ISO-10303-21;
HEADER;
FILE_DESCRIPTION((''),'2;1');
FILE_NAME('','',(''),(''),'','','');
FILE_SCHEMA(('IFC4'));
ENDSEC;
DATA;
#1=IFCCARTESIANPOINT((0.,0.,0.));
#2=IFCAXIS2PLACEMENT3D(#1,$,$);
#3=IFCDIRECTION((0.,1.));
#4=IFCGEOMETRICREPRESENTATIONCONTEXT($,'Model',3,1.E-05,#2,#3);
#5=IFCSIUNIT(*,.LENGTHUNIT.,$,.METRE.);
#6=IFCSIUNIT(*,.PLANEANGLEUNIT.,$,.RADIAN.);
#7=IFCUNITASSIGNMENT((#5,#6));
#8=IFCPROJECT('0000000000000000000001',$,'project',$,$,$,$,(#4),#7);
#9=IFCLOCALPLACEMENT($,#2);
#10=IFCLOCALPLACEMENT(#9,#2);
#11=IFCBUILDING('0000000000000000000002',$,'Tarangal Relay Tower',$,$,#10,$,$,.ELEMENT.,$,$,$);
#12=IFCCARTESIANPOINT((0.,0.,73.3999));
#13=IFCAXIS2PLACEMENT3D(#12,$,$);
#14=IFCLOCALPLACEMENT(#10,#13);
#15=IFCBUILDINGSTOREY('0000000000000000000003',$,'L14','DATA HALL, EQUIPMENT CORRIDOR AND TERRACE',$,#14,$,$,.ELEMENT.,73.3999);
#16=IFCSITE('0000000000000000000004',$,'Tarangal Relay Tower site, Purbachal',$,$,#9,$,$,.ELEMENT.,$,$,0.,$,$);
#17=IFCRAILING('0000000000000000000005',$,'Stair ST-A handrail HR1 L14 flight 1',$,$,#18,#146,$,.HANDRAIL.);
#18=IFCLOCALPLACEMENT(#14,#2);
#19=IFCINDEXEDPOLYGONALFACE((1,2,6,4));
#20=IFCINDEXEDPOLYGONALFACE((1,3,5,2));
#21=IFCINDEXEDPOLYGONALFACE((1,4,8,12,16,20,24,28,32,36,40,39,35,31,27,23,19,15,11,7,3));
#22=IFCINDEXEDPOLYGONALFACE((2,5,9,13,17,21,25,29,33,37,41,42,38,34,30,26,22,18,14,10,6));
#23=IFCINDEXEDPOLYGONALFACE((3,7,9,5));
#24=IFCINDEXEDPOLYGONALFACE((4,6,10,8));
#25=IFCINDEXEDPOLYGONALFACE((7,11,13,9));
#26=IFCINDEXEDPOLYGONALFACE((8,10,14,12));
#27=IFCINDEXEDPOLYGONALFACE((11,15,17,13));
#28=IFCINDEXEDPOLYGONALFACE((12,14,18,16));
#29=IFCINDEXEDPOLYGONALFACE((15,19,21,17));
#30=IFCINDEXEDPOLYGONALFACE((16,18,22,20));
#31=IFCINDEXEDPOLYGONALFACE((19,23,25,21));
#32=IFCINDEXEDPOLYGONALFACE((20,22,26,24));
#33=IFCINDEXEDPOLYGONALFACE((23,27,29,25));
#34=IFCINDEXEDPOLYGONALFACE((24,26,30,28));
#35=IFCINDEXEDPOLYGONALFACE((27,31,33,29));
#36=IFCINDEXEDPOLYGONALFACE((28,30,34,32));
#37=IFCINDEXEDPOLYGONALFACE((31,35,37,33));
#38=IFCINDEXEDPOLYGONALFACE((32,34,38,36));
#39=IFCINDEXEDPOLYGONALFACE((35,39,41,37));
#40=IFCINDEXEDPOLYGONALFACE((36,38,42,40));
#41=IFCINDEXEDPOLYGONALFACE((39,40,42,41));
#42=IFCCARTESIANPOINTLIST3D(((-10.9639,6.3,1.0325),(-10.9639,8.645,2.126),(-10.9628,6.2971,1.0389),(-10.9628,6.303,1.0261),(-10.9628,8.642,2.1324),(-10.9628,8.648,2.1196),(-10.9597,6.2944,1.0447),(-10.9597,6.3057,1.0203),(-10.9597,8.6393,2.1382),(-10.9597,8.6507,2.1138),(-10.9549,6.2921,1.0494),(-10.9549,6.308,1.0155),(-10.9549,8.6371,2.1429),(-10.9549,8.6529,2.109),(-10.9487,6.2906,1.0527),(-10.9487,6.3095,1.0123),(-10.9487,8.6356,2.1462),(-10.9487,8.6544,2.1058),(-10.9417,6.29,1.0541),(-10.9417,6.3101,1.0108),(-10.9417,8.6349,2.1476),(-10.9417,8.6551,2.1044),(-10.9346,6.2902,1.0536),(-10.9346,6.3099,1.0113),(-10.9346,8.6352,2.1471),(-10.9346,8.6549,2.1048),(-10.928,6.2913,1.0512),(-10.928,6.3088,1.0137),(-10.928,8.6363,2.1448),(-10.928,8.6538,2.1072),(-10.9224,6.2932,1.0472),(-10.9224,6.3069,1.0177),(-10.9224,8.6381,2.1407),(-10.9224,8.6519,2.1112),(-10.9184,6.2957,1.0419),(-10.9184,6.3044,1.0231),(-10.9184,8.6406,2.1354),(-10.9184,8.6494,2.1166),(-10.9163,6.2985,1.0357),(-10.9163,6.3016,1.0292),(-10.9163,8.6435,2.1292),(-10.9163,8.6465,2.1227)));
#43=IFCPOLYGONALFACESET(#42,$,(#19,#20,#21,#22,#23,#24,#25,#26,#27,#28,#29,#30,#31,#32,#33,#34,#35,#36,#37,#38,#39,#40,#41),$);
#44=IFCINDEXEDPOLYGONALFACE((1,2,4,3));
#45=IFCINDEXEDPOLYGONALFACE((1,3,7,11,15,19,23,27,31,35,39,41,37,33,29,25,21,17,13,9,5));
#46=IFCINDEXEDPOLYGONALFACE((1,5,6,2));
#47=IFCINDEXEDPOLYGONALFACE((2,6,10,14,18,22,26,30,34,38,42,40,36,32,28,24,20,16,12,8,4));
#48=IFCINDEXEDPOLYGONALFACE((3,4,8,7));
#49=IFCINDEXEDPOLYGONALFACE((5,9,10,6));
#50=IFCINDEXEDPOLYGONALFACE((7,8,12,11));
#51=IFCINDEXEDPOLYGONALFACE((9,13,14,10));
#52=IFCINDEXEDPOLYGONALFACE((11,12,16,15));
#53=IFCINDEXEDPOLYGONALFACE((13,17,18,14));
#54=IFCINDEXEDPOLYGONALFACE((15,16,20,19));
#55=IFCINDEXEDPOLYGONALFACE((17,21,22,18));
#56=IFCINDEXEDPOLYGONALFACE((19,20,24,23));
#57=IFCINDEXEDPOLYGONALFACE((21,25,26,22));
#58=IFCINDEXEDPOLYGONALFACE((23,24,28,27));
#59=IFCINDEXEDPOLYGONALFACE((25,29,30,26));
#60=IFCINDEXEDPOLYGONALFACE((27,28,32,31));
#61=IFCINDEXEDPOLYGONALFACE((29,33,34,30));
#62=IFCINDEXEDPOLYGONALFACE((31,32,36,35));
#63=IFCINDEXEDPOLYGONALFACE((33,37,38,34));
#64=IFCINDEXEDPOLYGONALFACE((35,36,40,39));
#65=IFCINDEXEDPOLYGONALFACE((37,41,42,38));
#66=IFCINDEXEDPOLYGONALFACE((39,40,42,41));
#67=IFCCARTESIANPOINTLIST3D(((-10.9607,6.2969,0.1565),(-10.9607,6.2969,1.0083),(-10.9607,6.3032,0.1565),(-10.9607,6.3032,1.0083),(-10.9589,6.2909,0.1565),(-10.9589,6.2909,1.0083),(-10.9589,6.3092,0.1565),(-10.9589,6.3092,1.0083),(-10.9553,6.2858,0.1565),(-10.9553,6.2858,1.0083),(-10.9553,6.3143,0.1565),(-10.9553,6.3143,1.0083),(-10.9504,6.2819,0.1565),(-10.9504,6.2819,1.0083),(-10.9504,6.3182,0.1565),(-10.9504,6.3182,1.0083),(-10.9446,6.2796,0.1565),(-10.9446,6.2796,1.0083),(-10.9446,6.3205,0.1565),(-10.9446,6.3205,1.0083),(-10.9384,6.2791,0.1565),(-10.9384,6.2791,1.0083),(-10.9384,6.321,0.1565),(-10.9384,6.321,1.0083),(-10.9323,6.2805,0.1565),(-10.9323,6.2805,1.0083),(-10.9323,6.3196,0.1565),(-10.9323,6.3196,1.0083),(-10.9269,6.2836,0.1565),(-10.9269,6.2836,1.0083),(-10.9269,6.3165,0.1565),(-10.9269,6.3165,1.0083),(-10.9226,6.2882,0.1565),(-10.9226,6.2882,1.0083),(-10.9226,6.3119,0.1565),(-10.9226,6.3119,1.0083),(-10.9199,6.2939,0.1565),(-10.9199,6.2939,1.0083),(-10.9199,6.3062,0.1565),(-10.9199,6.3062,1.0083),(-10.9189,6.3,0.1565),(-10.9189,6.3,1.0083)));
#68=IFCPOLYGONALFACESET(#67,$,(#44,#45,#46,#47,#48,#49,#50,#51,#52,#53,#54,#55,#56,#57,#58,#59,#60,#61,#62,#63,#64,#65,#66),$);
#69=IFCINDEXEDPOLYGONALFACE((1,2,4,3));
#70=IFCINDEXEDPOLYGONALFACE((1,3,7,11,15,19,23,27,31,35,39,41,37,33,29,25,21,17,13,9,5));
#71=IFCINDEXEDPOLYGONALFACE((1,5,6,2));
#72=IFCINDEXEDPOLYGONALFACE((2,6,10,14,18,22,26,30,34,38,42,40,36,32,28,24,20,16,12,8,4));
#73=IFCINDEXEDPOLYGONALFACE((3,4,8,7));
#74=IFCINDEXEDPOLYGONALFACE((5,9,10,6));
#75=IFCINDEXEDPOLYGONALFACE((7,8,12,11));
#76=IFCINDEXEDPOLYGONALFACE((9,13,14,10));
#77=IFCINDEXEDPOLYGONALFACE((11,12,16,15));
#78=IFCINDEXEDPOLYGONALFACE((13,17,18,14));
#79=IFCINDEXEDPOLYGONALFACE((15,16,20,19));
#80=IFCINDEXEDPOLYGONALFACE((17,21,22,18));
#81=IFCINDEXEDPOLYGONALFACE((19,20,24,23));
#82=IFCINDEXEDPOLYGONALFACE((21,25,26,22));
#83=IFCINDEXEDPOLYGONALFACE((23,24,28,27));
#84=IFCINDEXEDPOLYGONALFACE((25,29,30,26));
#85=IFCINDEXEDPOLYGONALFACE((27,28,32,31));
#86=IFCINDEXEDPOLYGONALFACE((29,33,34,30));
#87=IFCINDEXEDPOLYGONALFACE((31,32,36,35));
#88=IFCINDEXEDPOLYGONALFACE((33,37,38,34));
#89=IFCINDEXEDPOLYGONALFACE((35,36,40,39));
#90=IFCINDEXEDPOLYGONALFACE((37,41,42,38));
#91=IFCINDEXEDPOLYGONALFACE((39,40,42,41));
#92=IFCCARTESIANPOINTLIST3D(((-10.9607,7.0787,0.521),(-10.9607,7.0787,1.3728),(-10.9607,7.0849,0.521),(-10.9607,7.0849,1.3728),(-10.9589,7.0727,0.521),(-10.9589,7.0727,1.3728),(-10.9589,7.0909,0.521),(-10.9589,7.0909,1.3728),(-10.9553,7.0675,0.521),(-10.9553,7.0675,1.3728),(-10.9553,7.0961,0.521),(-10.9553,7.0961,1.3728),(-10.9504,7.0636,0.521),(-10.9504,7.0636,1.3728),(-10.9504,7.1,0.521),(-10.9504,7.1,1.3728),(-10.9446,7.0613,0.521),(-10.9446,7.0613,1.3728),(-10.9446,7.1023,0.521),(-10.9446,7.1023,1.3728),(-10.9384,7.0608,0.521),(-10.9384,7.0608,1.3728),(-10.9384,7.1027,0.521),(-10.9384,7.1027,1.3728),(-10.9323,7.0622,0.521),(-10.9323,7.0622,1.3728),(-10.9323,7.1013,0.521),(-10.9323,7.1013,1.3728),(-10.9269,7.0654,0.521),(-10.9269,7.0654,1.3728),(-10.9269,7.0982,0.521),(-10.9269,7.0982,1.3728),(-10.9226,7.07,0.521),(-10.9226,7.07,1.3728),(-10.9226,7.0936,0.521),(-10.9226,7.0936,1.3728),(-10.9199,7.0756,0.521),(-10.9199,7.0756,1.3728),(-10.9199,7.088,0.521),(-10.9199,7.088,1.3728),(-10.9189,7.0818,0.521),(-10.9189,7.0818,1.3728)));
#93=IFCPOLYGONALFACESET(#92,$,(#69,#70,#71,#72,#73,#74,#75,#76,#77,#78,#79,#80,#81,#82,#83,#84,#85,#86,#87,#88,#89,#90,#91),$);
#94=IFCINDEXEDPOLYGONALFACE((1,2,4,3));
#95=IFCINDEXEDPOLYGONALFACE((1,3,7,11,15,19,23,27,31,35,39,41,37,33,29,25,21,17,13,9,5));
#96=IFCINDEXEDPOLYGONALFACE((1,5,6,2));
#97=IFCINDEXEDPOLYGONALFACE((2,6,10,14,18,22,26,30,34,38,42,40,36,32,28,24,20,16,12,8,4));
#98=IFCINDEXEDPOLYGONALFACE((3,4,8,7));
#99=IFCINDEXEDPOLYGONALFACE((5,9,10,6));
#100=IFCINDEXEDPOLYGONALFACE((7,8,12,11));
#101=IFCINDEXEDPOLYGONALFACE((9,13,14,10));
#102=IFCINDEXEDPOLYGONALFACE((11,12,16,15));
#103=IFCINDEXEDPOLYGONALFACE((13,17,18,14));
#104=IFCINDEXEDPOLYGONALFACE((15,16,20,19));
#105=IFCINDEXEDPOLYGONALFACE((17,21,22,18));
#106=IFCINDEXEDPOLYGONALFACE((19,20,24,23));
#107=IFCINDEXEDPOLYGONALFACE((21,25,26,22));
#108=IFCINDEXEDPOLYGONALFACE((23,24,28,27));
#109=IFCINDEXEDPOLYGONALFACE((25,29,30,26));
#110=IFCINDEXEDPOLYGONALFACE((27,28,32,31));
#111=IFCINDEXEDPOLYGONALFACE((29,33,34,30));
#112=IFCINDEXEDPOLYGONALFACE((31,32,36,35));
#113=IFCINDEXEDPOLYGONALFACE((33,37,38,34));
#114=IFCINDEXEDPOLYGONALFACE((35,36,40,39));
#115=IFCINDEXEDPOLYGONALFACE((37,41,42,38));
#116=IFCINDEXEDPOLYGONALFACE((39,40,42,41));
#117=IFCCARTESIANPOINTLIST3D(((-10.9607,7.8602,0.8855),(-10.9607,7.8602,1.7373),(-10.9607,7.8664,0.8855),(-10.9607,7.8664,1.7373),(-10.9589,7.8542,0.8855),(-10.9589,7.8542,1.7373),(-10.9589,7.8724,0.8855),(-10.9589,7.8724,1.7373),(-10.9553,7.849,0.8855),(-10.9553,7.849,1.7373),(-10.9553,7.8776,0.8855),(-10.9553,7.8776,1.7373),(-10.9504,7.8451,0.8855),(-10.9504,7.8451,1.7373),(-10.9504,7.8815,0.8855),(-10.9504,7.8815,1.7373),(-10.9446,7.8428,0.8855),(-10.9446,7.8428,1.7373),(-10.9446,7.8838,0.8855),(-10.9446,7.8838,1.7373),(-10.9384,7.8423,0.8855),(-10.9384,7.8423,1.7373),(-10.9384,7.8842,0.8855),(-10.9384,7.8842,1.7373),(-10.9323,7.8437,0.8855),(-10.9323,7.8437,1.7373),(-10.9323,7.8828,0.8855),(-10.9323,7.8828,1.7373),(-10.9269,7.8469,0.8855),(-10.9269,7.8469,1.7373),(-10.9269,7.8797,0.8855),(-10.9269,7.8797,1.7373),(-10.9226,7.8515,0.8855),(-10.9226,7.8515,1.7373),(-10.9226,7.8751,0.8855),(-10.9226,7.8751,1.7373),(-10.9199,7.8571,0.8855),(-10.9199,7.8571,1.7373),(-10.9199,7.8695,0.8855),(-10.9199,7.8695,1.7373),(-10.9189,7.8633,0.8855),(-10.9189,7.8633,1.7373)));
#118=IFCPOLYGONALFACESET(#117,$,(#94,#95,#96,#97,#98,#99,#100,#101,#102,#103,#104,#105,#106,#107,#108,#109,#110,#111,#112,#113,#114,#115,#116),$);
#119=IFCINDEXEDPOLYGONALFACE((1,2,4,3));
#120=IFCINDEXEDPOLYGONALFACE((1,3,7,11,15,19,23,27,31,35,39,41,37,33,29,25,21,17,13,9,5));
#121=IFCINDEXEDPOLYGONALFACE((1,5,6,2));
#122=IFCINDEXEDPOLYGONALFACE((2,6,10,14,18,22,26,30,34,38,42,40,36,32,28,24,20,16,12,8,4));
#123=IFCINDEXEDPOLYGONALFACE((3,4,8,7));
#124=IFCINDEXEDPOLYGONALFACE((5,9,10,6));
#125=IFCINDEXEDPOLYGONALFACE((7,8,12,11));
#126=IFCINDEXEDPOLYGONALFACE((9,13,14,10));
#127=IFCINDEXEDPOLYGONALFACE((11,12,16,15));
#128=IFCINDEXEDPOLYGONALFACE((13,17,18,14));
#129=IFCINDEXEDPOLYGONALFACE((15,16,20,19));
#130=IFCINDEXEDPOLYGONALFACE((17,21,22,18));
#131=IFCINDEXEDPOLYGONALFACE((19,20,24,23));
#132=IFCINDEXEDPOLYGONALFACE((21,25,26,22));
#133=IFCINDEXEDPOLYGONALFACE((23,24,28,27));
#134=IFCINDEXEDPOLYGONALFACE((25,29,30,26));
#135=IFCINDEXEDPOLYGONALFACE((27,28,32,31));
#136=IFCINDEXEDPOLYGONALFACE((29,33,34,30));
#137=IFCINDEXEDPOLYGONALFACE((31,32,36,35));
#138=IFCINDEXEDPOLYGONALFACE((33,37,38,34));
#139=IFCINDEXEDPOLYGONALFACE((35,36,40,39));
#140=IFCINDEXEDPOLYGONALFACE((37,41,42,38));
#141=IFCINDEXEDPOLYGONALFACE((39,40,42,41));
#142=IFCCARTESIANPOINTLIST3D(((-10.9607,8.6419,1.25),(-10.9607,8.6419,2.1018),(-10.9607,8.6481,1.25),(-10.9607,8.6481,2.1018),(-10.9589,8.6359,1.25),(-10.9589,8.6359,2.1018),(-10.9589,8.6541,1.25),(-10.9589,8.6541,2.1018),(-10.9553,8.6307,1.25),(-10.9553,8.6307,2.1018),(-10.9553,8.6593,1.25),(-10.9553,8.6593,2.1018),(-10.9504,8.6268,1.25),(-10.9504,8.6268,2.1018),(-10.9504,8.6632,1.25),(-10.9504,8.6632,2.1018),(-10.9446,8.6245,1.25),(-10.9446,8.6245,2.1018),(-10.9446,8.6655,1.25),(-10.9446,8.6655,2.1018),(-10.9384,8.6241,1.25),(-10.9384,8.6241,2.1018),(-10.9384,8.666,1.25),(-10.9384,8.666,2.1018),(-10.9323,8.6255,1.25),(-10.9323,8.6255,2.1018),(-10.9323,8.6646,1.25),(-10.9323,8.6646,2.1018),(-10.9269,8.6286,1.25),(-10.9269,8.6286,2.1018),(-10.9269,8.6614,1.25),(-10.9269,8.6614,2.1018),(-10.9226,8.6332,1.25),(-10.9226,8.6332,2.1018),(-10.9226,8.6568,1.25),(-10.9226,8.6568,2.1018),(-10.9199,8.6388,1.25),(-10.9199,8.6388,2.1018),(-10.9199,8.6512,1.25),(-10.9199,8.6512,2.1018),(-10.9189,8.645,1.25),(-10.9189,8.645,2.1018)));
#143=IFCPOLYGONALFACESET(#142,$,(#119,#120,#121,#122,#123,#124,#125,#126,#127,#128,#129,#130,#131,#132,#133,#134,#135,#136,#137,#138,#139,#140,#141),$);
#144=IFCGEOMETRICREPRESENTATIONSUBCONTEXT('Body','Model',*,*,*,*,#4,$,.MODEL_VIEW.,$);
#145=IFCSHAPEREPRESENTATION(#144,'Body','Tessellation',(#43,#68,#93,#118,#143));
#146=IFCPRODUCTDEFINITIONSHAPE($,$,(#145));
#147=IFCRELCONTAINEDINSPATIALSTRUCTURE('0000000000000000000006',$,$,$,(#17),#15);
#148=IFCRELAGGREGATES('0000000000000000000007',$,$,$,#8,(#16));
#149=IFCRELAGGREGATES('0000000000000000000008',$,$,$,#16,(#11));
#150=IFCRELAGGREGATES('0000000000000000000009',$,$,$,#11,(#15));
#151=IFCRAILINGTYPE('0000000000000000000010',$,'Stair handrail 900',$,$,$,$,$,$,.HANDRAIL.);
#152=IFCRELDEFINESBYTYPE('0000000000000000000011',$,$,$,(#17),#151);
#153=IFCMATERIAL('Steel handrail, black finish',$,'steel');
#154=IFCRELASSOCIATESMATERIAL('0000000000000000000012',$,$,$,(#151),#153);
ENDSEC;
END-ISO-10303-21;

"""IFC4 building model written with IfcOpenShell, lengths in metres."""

from ifc_helpers import new_model, si_unit, direction, frame, origin, origin_2d, place, context, subcontext, project, spatial, circle, extrude, material, type_object, element, save


model = new_model("IFC4")

# Units and contexts
model_context = context("Model", 3, precision=1e-05, world=origin(), true_north=direction((0.0, 1.0)))
body_context = subcontext(model_context, "Body", "Model", "MODEL_VIEW")
ifc_project = project(units=[si_unit("LENGTHUNIT", "METRE"), si_unit("PLANEANGLEUNIT", "RADIAN")], contexts=[model_context])

# Site, building, storey
site_placement = place(None, origin())
site = spatial("IfcSite", under=ifc_project, at=site_placement, Name="Tarangal Relay Tower site, Purbachal", CompositionType="ELEMENT", RefElevation=0.0)
building_placement = place(site_placement, origin())
building = spatial("IfcBuilding", under=site, at=building_placement, Name="Tarangal Relay Tower", CompositionType="ELEMENT")
storey_placement = place(building_placement, frame((0.0, 0.0, 73.3999)))
storey = spatial("IfcBuildingStorey", under=building, at=storey_placement, Name="L14", Description="DATA HALL, EQUIPMENT CORRIDOR AND TERRACE", CompositionType="ELEMENT", Elevation=73.3999)

# Railing
ifc_material_1 = material(Name="Steel handrail, black finish", Category="steel")
railing_type = type_object("IfcRailingType", Name="Stair handrail 900", PredefinedType="HANDRAIL", material=ifc_material_1)
for number, where, name in (
    (1, (-10.9399, 6.3, 0.1565), "Stair ST-A handrail HR1 L14 flight 1"),
):
    element("IfcRailing", number, at=place(storey_placement, frame(where)), inside=storey, type_object=railing_type, Name=name, PredefinedType="HANDRAIL", context=body_context, shape_type="SweptSolid", body=[
        extrude(circle(Radius=0.0239, at=origin_2d()), frame((0.0, 0.0, 0.876), z_axis=(0.0, 0.906304, 0.422627), x_axis=(-1.0, 0.0, 0.0)), (0.0, 0.0, 1.0), 2.5874),
        extrude(circle(Radius=0.021, at=origin_2d()), origin(), (0.0, 0.0, 1.0), 0.8518),
        extrude(circle(Radius=0.021, at=origin_2d()), frame((0.0, 0.7817, 0.3645)), (0.0, 0.0, 1.0), 0.8518),
        extrude(circle(Radius=0.021, at=origin_2d()), frame((0.0, 1.5632, 0.729)), (0.0, 0.0, 1.0), 0.8518),
        extrude(circle(Radius=0.021, at=origin_2d()), frame((0.0, 2.345, 1.0935)), (0.0, 0.0, 1.0), 0.8518),
    ])

save(model, "model.ifc")
